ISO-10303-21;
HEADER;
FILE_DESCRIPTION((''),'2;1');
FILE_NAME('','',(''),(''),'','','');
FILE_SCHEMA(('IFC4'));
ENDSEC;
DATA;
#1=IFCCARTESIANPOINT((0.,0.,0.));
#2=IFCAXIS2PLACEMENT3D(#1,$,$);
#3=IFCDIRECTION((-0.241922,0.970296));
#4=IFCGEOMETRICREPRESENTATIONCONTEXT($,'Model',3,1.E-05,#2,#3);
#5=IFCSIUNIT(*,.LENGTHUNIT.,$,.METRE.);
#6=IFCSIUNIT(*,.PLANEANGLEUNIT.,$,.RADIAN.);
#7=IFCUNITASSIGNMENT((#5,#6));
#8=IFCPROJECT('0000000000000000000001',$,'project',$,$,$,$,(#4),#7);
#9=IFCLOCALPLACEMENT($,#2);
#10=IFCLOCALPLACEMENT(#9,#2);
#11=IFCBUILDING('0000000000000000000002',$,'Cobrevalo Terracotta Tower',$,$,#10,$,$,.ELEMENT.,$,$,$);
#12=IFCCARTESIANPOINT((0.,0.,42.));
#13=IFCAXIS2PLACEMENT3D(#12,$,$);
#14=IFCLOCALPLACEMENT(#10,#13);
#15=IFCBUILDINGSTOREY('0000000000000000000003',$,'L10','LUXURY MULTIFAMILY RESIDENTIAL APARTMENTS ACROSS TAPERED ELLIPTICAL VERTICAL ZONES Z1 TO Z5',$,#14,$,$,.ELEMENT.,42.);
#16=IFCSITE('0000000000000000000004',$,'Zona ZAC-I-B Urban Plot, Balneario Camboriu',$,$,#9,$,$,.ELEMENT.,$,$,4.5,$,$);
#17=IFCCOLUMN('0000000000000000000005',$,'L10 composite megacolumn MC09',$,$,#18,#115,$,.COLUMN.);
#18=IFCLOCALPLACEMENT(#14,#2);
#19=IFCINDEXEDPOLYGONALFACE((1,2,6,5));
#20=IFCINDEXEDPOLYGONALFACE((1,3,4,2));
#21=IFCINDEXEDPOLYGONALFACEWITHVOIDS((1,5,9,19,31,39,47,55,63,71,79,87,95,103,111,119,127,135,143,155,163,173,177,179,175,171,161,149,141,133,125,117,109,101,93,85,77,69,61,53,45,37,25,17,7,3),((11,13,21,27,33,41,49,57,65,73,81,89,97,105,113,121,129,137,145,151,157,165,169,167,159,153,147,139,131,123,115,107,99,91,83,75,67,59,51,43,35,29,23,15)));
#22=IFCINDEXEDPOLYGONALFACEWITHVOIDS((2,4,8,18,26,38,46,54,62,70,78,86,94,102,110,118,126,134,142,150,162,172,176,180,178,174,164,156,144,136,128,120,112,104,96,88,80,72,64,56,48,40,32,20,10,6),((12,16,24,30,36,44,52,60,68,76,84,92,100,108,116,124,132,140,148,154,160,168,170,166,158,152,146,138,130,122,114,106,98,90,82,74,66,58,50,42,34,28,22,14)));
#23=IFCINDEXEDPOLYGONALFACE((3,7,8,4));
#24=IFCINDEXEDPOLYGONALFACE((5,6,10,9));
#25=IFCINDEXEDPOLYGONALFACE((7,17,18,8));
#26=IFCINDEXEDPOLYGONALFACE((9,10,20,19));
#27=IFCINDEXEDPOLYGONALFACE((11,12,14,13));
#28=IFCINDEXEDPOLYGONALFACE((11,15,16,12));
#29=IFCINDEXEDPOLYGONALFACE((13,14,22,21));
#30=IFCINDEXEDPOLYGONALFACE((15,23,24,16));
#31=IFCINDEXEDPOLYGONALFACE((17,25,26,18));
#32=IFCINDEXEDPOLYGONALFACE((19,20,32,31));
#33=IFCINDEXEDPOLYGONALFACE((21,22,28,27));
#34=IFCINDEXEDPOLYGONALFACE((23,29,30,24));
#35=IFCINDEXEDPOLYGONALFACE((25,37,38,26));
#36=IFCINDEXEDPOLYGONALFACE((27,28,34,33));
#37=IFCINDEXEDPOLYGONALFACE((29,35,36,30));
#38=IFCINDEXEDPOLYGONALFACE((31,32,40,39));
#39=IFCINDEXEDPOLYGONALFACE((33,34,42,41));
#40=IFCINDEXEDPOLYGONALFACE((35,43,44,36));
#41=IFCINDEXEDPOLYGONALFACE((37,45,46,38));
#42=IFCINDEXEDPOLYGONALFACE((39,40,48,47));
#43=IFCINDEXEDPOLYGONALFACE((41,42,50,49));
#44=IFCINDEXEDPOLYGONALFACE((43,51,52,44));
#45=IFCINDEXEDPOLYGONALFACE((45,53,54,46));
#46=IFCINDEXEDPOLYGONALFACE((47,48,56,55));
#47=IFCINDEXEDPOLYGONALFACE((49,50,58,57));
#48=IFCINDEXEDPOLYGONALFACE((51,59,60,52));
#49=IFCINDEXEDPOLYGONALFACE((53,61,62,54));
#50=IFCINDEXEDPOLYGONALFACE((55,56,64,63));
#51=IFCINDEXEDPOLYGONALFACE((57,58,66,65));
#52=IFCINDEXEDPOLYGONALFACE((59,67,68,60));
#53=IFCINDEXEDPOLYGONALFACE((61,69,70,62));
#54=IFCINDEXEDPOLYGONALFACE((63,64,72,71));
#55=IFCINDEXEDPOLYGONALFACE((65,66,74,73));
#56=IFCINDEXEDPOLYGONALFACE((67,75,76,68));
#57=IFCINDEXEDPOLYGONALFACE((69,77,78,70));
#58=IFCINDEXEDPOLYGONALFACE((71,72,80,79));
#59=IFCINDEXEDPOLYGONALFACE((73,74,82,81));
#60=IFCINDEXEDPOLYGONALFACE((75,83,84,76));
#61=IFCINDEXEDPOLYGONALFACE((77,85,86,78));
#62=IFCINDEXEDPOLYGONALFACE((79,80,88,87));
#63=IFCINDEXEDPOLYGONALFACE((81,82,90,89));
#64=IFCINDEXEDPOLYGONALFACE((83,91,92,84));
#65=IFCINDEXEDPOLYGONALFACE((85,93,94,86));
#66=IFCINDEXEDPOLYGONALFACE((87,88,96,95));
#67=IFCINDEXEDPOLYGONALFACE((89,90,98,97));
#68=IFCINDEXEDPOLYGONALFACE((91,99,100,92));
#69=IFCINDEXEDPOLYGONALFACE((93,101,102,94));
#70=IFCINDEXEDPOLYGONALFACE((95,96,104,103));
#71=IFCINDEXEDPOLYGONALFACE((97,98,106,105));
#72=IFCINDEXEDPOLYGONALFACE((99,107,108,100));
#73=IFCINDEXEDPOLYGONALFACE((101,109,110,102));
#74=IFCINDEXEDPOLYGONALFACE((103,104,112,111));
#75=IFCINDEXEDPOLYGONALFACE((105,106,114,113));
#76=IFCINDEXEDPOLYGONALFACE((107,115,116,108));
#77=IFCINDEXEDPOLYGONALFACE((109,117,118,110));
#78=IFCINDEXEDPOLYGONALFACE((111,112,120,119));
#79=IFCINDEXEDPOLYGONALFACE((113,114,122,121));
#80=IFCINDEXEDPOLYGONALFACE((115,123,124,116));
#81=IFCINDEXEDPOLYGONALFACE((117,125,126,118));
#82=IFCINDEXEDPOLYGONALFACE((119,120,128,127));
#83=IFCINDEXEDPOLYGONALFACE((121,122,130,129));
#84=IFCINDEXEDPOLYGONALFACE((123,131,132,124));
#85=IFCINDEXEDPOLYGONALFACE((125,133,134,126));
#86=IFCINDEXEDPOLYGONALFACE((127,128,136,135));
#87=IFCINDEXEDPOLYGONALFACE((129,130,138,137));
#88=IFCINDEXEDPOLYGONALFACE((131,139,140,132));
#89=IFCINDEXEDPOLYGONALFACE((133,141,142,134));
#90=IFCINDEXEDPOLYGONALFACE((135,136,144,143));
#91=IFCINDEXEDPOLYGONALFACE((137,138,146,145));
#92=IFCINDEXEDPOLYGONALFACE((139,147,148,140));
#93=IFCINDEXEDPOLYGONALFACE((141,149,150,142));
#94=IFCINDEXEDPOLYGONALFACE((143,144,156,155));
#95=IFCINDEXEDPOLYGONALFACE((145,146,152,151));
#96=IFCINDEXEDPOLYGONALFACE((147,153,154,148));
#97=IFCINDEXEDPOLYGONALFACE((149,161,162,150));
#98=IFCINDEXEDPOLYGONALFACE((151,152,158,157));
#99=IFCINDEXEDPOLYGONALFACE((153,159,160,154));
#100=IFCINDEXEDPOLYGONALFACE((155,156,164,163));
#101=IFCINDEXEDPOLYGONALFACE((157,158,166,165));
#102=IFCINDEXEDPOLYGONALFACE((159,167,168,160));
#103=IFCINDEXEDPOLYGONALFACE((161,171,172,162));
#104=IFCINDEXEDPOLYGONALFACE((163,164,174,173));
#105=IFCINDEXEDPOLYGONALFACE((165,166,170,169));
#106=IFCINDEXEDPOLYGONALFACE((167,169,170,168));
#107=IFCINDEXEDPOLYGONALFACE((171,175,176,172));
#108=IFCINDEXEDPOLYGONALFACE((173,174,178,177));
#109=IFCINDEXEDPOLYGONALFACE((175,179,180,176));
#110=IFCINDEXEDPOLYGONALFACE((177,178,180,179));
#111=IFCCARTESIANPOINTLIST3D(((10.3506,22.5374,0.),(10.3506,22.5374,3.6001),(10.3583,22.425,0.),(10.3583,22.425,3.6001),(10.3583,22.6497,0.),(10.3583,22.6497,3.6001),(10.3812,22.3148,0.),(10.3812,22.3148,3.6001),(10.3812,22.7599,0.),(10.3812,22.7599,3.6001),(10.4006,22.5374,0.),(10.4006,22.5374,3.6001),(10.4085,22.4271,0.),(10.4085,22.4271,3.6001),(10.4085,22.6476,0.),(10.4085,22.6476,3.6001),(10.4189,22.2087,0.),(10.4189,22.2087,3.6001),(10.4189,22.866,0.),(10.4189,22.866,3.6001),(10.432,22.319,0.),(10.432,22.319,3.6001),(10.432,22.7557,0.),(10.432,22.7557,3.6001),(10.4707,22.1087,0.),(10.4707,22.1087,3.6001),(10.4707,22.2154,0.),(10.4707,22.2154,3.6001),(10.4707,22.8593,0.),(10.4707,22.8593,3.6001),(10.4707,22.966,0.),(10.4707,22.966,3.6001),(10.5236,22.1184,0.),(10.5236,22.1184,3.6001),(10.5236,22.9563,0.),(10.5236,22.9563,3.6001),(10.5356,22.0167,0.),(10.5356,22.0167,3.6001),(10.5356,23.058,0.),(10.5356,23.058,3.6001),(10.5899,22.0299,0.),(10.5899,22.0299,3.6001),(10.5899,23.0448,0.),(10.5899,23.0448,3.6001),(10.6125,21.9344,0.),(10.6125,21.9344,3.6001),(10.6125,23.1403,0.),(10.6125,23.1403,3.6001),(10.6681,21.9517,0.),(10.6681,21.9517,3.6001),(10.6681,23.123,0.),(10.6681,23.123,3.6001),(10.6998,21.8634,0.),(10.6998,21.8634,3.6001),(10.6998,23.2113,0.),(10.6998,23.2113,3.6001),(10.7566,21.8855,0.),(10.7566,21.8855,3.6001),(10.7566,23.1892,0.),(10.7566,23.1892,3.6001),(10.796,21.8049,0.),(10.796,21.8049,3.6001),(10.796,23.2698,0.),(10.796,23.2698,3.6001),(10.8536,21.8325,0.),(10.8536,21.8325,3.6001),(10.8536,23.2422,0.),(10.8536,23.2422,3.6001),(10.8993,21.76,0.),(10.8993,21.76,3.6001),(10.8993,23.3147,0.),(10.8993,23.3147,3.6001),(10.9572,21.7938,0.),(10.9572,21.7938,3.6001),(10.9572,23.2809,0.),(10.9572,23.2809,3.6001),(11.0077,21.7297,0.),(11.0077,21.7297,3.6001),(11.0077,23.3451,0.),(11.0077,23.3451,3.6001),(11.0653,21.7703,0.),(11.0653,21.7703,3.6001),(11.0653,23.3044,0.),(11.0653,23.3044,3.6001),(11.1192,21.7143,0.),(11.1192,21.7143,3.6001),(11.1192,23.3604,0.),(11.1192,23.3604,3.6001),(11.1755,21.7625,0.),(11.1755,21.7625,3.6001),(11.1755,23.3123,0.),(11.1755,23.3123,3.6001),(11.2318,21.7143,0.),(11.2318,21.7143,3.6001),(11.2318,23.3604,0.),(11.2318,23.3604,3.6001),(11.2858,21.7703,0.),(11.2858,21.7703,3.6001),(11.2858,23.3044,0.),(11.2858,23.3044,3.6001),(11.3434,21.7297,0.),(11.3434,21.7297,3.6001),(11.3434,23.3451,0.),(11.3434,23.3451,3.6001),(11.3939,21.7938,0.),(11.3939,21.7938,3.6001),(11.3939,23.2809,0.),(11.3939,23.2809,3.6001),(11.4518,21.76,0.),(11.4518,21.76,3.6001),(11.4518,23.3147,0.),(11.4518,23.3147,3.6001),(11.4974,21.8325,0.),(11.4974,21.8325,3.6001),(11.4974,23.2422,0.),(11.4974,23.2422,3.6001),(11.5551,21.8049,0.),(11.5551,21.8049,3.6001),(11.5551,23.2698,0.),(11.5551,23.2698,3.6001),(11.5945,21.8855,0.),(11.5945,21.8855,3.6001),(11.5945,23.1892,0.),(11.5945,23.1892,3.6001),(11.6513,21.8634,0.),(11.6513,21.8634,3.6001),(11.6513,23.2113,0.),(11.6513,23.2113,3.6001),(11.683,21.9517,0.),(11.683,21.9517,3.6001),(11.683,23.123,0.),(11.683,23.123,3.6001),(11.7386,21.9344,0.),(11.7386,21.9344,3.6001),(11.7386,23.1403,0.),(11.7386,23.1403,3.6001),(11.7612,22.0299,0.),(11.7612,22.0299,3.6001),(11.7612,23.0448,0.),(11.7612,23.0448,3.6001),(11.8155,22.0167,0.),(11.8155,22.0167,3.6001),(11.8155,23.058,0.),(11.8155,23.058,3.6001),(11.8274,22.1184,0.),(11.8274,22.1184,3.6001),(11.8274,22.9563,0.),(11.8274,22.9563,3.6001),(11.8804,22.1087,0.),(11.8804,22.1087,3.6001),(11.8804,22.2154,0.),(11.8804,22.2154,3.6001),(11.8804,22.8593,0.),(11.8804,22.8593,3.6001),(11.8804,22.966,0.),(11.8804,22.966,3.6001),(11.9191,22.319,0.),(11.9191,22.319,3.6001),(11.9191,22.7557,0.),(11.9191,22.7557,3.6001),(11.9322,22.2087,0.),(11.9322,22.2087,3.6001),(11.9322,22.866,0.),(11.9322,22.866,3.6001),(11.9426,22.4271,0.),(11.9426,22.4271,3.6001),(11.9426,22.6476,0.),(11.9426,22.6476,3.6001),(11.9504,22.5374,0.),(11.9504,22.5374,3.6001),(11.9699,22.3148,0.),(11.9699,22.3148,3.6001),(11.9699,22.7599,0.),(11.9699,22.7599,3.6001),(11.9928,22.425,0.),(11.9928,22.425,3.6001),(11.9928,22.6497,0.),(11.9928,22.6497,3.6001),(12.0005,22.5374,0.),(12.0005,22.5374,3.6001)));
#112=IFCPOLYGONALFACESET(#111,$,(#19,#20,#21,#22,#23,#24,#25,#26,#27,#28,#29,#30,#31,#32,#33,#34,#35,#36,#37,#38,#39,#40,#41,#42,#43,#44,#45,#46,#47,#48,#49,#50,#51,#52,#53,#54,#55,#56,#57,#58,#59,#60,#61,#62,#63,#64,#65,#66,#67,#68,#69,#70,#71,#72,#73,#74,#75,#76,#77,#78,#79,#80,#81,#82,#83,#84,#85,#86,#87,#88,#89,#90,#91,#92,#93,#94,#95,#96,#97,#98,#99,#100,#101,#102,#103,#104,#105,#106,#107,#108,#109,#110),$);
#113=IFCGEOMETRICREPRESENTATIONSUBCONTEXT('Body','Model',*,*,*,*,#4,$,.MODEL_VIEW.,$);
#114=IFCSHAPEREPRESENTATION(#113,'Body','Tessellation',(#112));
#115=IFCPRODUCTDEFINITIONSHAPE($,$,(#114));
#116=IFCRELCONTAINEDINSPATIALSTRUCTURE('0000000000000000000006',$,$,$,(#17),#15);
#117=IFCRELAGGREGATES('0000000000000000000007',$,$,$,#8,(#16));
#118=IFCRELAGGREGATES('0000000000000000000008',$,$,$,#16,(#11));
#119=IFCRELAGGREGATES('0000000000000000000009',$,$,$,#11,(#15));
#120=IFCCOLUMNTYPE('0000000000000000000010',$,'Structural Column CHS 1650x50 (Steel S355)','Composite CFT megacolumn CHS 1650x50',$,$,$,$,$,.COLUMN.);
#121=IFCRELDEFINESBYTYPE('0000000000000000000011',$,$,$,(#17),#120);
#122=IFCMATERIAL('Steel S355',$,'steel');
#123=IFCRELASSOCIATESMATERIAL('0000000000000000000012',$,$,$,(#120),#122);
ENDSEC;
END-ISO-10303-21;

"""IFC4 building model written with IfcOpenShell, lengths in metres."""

from ifc_helpers import new_model, si_unit, direction, frame, origin, origin_2d, place, context, subcontext, project, spatial, hollow_circle, extrude, material, material_profile, profile_set, type_object, element, save


model = new_model("IFC4")

# Units and contexts
model_context = context("Model", 3, precision=1e-05, world=origin(), true_north=direction((-0.241922, 0.970296)))
body_context = subcontext(model_context, "Body", "Model", "MODEL_VIEW")
ifc_project = project(units=[si_unit("LENGTHUNIT", "METRE"), si_unit("PLANEANGLEUNIT", "RADIAN")], contexts=[model_context])

# Site, building, storey
site_placement = place(None, origin())
site = spatial("IfcSite", under=ifc_project, at=site_placement, Name="Zona ZAC-I-B Urban Plot, Balneario Camboriu", CompositionType="ELEMENT", RefElevation=4.5)
building_placement = place(site_placement, origin())
building = spatial("IfcBuilding", under=site, at=building_placement, Name="Cobrevalo Terracotta Tower", CompositionType="ELEMENT")
storey_placement = place(building_placement, frame((0.0, 0.0, 42.0)))
storey = spatial("IfcBuildingStorey", under=building, at=storey_placement, Name="L10", Description="LUXURY MULTIFAMILY RESIDENTIAL APARTMENTS ACROSS TAPERED ELLIPTICAL VERTICAL ZONES Z1 TO Z5", CompositionType="ELEMENT", Elevation=42.0)

# Column
ifc_material_1 = material(Name="Steel S355", Category="steel")
ifc_material_profile_1 = material_profile(ifc_material_1, hollow_circle(Radius=0.825, WallThickness=0.05, at=origin_2d()), Name="CHS 1650x50")
ifc_profile_set_1 = profile_set([ifc_material_profile_1], Name="Steel S355")
column_type = type_object("IfcColumnType", Name="Structural Column CHS 1650x50 (Steel S355)", Description="Composite CFT megacolumn CHS 1650x50", PredefinedType="COLUMN", material=ifc_profile_set_1)
for number, where, z_axis, x_axis, name in (
    (1, (11.1755, 22.5374, 0.0), (0.0, 0.0, 1.0), (1.0, 0.0, 0.0), "L10 composite megacolumn MC09"),
):
    element("IfcColumn", number, at=place(storey_placement, frame(where, z_axis=z_axis, x_axis=x_axis)), inside=storey, type_object=column_type, Name=name, PredefinedType="COLUMN", context=body_context, shape_type="SweptSolid", body=[
        extrude(hollow_circle(Radius=0.825, WallThickness=0.05, at=origin_2d()), origin(), (0.0, 0.0, 1.0), 3.6001),
    ])

save(model, "model.ifc")
